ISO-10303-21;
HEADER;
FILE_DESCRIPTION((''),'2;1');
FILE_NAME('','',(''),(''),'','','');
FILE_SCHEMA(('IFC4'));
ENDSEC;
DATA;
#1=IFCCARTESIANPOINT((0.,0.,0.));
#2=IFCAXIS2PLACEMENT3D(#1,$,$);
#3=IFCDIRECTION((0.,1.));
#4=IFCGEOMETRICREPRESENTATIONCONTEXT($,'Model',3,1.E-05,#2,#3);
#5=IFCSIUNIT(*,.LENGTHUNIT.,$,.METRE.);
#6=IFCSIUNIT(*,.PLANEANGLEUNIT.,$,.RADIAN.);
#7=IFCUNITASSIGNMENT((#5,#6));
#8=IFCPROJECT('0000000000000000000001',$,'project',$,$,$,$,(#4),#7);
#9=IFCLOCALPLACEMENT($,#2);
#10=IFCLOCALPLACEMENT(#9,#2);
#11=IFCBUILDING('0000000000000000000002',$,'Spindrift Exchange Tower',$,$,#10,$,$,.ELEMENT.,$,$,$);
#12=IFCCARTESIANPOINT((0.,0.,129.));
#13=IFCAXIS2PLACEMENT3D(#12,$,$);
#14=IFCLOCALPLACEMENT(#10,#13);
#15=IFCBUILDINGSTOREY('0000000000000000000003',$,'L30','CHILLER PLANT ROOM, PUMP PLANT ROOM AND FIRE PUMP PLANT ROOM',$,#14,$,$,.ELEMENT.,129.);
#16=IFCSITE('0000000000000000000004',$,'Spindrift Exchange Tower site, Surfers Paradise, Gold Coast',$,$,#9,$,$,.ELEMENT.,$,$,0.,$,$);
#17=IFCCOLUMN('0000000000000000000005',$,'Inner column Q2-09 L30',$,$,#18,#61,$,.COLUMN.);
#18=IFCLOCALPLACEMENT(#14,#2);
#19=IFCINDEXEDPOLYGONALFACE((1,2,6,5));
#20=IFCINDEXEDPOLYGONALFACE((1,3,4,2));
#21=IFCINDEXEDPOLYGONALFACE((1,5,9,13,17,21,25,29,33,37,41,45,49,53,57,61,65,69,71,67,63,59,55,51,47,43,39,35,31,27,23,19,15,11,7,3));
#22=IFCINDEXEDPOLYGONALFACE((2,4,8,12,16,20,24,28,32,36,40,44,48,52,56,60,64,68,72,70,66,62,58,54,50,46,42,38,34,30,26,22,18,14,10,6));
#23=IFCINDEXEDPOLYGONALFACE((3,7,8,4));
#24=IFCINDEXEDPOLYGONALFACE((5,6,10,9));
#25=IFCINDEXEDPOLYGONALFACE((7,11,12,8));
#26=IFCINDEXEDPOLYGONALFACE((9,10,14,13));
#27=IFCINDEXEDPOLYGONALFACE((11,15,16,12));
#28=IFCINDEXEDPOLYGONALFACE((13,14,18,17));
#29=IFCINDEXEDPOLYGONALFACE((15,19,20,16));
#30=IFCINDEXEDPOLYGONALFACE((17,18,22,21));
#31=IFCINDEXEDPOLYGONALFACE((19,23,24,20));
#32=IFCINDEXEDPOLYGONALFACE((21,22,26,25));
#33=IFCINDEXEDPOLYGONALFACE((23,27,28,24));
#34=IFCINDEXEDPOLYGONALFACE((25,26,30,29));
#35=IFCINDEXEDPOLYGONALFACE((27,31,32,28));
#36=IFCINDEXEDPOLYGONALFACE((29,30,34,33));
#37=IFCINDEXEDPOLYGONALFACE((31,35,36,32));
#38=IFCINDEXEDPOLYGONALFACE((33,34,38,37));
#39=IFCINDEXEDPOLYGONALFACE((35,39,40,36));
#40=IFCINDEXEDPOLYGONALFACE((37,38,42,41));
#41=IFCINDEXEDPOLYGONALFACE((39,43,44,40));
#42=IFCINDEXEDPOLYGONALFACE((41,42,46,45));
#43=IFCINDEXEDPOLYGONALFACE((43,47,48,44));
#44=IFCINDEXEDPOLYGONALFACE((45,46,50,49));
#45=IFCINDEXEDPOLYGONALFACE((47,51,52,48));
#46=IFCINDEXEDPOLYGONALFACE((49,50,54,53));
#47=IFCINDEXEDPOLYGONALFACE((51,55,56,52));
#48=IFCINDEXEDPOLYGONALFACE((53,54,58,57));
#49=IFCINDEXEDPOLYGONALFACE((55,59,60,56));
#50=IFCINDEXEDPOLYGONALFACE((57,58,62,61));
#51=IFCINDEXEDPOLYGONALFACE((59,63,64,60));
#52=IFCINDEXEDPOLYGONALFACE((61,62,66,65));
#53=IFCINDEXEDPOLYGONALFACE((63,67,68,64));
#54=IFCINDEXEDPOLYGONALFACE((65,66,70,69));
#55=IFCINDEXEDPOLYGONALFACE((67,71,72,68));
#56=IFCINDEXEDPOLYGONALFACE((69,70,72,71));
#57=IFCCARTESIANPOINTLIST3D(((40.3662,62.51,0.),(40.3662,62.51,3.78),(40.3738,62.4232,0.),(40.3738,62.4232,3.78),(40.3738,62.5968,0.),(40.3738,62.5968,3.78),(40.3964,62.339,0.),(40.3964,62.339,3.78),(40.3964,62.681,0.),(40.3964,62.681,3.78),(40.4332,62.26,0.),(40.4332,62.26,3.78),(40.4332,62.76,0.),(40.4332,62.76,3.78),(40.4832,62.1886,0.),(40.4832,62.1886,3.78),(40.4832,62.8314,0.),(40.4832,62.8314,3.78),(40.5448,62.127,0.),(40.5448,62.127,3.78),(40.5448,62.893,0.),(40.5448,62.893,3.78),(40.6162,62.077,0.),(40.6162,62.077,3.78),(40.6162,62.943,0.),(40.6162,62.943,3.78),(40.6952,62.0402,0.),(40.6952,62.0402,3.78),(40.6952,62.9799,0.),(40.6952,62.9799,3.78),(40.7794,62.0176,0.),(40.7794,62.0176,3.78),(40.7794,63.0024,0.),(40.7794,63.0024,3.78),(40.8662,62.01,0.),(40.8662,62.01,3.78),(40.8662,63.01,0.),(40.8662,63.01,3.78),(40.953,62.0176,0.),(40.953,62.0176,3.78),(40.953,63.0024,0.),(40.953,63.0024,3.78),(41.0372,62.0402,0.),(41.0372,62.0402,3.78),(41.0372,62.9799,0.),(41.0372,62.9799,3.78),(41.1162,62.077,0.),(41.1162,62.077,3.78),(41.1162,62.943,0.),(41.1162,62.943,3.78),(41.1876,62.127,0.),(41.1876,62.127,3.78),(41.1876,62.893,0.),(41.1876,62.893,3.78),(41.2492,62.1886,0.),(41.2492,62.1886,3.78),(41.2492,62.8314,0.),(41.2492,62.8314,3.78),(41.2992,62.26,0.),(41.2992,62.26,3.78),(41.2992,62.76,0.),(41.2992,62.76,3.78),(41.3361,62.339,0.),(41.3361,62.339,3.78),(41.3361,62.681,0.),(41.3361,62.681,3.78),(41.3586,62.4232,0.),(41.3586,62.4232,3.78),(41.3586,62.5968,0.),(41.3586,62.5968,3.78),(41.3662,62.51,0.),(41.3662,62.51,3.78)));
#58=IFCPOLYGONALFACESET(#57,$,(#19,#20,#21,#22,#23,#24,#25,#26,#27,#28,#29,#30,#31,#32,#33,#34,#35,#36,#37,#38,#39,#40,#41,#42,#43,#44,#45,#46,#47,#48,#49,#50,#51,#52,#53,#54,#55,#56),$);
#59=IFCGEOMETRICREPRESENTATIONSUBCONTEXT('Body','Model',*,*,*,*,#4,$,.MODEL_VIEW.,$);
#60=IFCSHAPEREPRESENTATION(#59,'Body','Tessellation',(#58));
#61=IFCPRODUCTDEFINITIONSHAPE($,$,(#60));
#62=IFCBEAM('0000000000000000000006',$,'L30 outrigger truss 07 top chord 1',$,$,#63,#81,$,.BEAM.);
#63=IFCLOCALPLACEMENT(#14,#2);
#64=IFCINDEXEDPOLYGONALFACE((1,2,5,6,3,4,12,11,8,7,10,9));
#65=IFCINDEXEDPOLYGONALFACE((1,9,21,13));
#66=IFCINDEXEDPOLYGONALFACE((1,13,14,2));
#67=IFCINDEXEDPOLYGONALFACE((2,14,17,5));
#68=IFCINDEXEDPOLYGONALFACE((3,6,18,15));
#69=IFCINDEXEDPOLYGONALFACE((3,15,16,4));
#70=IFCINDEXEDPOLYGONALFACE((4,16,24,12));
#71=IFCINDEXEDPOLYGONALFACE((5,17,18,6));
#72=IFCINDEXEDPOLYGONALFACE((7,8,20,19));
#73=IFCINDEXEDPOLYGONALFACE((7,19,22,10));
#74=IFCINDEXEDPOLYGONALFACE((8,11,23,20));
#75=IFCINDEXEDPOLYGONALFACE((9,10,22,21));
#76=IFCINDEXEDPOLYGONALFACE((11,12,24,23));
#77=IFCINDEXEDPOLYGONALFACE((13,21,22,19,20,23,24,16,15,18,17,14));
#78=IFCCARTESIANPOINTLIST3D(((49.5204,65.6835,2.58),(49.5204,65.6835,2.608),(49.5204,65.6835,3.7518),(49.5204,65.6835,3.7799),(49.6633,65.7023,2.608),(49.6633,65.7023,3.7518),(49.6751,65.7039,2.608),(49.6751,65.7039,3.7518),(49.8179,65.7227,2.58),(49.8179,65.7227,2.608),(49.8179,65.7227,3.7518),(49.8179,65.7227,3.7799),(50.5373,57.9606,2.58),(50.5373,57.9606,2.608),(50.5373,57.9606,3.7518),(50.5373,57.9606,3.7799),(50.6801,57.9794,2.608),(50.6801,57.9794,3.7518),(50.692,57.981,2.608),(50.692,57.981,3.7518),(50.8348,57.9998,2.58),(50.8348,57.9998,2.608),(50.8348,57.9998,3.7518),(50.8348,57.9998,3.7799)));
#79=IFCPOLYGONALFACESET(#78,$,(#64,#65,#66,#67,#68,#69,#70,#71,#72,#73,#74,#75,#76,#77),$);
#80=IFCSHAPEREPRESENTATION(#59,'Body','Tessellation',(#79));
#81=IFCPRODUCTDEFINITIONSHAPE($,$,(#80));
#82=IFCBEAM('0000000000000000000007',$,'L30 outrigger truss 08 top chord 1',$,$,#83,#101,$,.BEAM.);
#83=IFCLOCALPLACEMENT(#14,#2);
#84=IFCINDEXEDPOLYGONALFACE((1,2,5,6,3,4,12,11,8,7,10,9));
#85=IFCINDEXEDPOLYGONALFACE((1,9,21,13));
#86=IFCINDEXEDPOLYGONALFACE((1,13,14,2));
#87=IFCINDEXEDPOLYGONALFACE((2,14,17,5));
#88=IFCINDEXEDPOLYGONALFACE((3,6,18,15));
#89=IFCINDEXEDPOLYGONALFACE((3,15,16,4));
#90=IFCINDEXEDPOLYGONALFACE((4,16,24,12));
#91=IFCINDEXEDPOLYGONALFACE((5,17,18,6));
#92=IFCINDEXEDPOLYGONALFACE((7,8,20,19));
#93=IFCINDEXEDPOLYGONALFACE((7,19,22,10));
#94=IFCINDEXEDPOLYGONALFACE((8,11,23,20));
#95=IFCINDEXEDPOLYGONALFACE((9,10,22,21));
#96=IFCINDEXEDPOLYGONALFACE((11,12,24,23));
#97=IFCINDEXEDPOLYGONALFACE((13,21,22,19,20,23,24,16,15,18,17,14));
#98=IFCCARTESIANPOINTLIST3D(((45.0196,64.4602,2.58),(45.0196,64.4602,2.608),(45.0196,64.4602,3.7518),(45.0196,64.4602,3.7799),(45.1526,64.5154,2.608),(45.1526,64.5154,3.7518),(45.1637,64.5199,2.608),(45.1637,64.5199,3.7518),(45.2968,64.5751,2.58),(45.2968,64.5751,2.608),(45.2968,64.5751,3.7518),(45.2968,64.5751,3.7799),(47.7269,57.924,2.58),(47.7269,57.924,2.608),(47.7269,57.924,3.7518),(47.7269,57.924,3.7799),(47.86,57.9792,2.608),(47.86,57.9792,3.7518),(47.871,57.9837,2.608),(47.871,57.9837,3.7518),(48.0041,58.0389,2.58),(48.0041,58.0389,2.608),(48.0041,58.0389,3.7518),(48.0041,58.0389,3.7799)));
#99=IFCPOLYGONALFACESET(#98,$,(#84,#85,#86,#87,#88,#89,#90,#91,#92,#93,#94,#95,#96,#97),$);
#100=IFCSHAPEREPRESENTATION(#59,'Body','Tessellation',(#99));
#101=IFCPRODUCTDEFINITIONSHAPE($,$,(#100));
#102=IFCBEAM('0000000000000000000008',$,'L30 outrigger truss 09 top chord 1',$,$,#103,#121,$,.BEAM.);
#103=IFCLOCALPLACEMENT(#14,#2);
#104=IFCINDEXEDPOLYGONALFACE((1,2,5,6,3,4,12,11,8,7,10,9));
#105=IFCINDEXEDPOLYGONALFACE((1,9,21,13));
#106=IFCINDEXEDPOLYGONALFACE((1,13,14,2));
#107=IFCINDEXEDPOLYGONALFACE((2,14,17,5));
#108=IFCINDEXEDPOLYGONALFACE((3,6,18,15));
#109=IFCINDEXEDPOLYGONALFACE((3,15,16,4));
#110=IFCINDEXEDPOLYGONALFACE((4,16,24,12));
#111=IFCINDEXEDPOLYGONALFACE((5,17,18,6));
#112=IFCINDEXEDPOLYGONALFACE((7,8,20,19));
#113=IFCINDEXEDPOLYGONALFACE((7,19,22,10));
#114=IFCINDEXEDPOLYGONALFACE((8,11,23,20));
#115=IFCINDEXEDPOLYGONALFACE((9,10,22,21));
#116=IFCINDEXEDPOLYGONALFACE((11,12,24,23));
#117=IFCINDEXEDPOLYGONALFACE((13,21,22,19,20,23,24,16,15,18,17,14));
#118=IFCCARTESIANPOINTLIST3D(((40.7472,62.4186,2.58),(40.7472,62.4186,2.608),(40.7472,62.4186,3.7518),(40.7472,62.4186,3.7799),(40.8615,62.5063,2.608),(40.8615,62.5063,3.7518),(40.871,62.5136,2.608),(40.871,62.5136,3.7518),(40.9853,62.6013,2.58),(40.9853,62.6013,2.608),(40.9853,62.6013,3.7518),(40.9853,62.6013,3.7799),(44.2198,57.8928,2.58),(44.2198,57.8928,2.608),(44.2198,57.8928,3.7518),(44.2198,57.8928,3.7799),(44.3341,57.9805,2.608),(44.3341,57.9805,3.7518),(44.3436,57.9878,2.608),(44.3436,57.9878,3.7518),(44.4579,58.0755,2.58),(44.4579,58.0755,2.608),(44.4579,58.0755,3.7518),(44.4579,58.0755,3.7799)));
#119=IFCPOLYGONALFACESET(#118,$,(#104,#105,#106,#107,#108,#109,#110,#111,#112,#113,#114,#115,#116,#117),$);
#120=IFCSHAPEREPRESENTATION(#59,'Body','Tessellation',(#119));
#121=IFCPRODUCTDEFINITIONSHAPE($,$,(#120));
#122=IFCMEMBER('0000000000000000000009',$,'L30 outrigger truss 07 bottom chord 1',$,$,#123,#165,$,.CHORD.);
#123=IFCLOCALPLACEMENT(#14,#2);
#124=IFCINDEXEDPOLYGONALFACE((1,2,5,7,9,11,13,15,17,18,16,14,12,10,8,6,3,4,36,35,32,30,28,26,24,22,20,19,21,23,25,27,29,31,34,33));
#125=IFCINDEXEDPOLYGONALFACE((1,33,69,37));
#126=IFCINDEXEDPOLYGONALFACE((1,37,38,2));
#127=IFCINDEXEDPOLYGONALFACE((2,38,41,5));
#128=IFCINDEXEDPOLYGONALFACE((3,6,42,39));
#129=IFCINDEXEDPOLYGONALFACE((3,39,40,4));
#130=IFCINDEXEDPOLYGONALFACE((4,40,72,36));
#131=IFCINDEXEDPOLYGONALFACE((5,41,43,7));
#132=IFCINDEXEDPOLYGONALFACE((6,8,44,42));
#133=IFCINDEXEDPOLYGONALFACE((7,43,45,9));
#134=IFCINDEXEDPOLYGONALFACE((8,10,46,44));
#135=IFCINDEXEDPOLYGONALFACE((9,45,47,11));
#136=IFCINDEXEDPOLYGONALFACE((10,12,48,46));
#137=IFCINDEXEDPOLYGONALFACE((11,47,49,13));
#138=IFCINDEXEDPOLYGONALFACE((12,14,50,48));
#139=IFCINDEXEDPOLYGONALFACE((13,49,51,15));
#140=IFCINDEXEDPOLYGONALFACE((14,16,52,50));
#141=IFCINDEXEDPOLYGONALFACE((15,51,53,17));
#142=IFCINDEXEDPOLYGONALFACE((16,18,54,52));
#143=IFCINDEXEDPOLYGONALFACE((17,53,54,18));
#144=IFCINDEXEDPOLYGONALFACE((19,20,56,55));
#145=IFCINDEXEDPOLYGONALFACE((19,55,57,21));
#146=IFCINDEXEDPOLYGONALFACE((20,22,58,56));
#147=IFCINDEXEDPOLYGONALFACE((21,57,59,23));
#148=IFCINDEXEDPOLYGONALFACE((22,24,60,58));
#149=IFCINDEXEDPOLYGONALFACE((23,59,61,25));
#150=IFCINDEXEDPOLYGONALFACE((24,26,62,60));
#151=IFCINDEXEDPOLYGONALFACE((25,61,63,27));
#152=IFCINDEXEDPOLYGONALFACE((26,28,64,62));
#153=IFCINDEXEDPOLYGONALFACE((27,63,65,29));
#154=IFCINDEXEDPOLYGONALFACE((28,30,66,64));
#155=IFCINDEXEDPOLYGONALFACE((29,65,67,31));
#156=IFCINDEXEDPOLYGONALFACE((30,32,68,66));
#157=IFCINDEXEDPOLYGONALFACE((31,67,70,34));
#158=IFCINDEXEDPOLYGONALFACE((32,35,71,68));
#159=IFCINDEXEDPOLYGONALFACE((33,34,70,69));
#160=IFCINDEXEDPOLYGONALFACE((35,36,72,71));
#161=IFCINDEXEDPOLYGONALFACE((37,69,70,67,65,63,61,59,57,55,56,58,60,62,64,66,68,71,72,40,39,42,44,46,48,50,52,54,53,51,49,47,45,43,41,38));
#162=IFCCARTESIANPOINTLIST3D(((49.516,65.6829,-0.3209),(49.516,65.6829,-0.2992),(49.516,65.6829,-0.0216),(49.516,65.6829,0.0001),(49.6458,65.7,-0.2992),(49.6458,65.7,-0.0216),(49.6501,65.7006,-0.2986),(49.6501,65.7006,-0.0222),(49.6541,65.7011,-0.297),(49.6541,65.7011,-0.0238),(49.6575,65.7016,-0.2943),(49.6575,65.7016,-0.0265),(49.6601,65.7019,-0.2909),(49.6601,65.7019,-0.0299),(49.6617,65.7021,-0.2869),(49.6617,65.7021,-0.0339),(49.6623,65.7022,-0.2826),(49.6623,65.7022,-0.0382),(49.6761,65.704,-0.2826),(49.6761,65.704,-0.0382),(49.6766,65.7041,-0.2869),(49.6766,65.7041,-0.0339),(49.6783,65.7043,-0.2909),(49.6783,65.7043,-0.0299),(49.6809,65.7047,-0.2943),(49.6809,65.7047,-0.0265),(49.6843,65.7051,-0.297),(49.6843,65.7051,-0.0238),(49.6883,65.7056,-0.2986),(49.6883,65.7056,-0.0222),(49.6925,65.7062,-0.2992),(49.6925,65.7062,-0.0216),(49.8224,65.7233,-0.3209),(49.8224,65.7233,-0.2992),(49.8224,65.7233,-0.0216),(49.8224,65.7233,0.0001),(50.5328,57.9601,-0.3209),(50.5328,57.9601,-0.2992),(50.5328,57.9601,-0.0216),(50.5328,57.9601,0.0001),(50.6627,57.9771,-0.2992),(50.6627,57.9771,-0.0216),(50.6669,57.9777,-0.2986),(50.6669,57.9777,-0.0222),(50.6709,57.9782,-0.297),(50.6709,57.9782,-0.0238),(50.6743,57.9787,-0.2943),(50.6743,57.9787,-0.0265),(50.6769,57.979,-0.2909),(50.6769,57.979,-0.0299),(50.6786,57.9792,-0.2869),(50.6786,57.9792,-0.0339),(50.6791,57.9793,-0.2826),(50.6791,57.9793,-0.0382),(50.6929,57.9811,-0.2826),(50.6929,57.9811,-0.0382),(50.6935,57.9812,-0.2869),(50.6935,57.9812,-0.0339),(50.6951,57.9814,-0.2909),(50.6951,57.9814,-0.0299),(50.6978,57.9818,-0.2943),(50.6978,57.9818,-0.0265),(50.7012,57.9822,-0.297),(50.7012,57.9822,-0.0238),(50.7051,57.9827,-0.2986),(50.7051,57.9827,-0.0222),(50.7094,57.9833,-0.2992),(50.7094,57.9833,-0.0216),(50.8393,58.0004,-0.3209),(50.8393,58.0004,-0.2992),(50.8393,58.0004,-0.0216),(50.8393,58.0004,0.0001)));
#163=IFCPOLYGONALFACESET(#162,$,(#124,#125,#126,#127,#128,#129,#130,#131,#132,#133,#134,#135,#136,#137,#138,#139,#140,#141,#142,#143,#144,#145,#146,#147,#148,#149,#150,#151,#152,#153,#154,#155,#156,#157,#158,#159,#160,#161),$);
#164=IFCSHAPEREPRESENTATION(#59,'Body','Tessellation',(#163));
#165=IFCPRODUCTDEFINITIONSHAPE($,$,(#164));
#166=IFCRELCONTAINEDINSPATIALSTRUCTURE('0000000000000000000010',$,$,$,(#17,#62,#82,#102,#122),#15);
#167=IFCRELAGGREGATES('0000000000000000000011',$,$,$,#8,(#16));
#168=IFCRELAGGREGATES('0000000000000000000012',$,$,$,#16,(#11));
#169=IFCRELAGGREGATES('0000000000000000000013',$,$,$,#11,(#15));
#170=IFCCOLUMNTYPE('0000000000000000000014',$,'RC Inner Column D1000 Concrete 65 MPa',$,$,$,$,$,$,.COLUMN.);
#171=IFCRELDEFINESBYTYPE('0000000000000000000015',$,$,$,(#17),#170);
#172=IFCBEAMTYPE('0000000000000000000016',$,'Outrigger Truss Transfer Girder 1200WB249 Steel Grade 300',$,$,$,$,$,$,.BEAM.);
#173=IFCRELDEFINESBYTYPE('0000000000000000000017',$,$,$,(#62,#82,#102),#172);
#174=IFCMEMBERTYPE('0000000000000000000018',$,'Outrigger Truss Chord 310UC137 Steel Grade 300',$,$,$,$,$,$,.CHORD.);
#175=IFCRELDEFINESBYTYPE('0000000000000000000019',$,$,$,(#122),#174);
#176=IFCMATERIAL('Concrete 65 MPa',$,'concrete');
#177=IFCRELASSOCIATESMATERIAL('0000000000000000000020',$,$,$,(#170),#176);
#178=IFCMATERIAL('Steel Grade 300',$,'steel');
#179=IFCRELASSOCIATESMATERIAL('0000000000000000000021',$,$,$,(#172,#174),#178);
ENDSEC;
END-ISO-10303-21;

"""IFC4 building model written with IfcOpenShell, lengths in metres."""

from ifc_helpers import new_model, si_unit, direction, frame, origin, origin_2d, place, context, subcontext, project, spatial, circle, i_section, extrude, source, transform, mapped, material, material_profile, profile_set, type_object, element, save


model = new_model("IFC4")

# Units and contexts
model_context = context("Model", 3, precision=1e-05, world=origin(), true_north=direction((0.0, 1.0)))
body_context = subcontext(model_context, "Body", "Model", "MODEL_VIEW")
ifc_project = project(units=[si_unit("LENGTHUNIT", "METRE"), si_unit("PLANEANGLEUNIT", "RADIAN")], contexts=[model_context])

# Site, building, storey
site_placement = place(None, origin())
site = spatial("IfcSite", under=ifc_project, at=site_placement, Name="Spindrift Exchange Tower site, Surfers Paradise, Gold Coast", CompositionType="ELEMENT", RefElevation=0.0)
building_placement = place(site_placement, origin())
building = spatial("IfcBuilding", under=site, at=building_placement, Name="Spindrift Exchange Tower", CompositionType="ELEMENT")
storey_placement = place(building_placement, frame((0.0, 0.0, 129.0)))
storey = spatial("IfcBuildingStorey", under=building, at=storey_placement, Name="L30", Description="CHILLER PLANT ROOM, PUMP PLANT ROOM AND FIRE PUMP PLANT ROOM", CompositionType="ELEMENT", Elevation=129.0)

# Column
ifc_material_1 = material(Name="Concrete 65 MPa", Category="concrete")
ifc_material_profile_1 = material_profile(ifc_material_1, circle(Radius=0.5, at=origin_2d()), Name="RC D1000")
ifc_profile_set_1 = profile_set([ifc_material_profile_1], Name="Concrete 65 MPa")
column_type = type_object("IfcColumnType", Name="RC Inner Column D1000 Concrete 65 MPa", PredefinedType="COLUMN", material=ifc_profile_set_1)
shared_shape_1 = source(origin(), body_context, "Body", "SweptSolid", [
    extrude(circle(Radius=0.5, at=origin_2d()), origin(), (0.0, 0.0, 1.0), 3.78),
])
column_placement = place(storey_placement, frame((40.8662, 62.51, 0.0), z_axis=(0.0, 0.0, 1.0), x_axis=(1.0, 0.0, 0.0)))
element("IfcColumn", 1, at=column_placement, inside=storey, type_object=column_type, Name="Inner column Q2-09 L30", PredefinedType="COLUMN", context=body_context, shape_type="MappedRepresentation", body=[
    mapped(shared_shape_1, transform((0.0, 0.0, 0.0), scale=1.0)),
])

# Beams
ifc_material_2 = material(Name="Steel Grade 300", Category="steel")
ifc_material_profile_2 = material_profile(ifc_material_2, i_section(OverallWidth=0.3, OverallDepth=1.2, WebThickness=0.012, FlangeThickness=0.0281, at=origin_2d()), Name="1200WB249")
ifc_profile_set_2 = profile_set([ifc_material_profile_2], Name="Steel Grade 300")
beam_type = type_object("IfcBeamType", Name="Outrigger Truss Transfer Girder 1200WB249 Steel Grade 300", PredefinedType="BEAM", material=ifc_profile_set_2)
shared_shape_2 = source(origin(), body_context, "Body", "SweptSolid", [
    extrude(i_section(OverallWidth=0.3, OverallDepth=1.2, WebThickness=0.012, FlangeThickness=0.0281, at=origin_2d()), origin(), (0.0, 0.0, 1.0), 7.7896),
])
beam_1_placement = place(storey_placement, frame((50.686, 57.9802, 3.1799), z_axis=(-0.13054, 0.991443, 0.0), x_axis=(-0.991443, -0.13054, 0.0)))
element("IfcBeam", 2, at=beam_1_placement, inside=storey, type_object=beam_type, Name="L30 outrigger truss 07 top chord 1", PredefinedType="BEAM", context=body_context, shape_type="MappedRepresentation", body=[
    mapped(shared_shape_2, transform((0.0, 0.0, 0.0), scale=1.0)),
])
shared_shape_3 = source(origin(), body_context, "Body", "SweptSolid", [
    extrude(i_section(OverallWidth=0.3, OverallDepth=1.2, WebThickness=0.012, FlangeThickness=0.0281, at=origin_2d()), origin(), (0.0, 0.0, 1.0), 7.0747),
])
beam_2_placement = place(storey_placement, frame((47.8655, 57.9814, 3.1799), z_axis=(-0.382674, 0.923884, 0.0), x_axis=(-0.923884, -0.382674, 0.0)))
element("IfcBeam", 3, at=beam_2_placement, inside=storey, type_object=beam_type, Name="L30 outrigger truss 08 top chord 1", PredefinedType="BEAM", context=body_context, shape_type="MappedRepresentation", body=[
    mapped(shared_shape_3, transform((0.0, 0.0, 0.0), scale=1.0)),
])
shared_shape_4 = source(origin(), body_context, "Body", "SweptSolid", [
    extrude(i_section(OverallWidth=0.3, OverallDepth=1.2, WebThickness=0.012, FlangeThickness=0.0281, at=origin_2d()), origin(), (0.0, 0.0, 1.0), 5.7046),
])
beam_3_placement = place(storey_placement, frame((44.3389, 57.9841, 3.1799), z_axis=(-0.608742, 0.793368, 0.0), x_axis=(-0.793368, -0.608742, 0.0)))
element("IfcBeam", 4, at=beam_3_placement, inside=storey, type_object=beam_type, Name="L30 outrigger truss 09 top chord 1", PredefinedType="BEAM", context=body_context, shape_type="MappedRepresentation", body=[
    mapped(shared_shape_4, transform((0.0, 0.0, 0.0), scale=1.0)),
])

# Member
ifc_material_profile_3 = material_profile(ifc_material_2, i_section(OverallWidth=0.3091, OverallDepth=0.321, WebThickness=0.0139, FlangeThickness=0.0217, FilletRadius=0.0166, at=origin_2d()), Name="310UC137")
ifc_profile_set_3 = profile_set([ifc_material_profile_3], Name="Steel Grade 300")
member_type_1 = type_object("IfcMemberType", Name="Outrigger Truss Chord 310UC137 Steel Grade 300", PredefinedType="CHORD", material=ifc_profile_set_3)
shared_shape_5 = source(origin(), body_context, "Body", "SweptSolid", [
    extrude(i_section(OverallWidth=0.3091, OverallDepth=0.321, WebThickness=0.0139, FlangeThickness=0.0217, FilletRadius=0.0166, at=origin_2d()), origin(), (0.0, 0.0, 1.0), 7.7896),
])
member_1_placement = place(storey_placement, frame((50.686, 57.9802, -0.1604), z_axis=(-0.13054, 0.991443, 0.0), x_axis=(-0.991443, -0.13054, 0.0)))
element("IfcMember", 5, at=member_1_placement, inside=storey, type_object=member_type_1, Name="L30 outrigger truss 07 bottom chord 1", PredefinedType="CHORD", context=body_context, shape_type="MappedRepresentation", body=[
    mapped(shared_shape_5, transform((0.0, 0.0, 0.0), scale=1.0)),
])

save(model, "model.ifc")
